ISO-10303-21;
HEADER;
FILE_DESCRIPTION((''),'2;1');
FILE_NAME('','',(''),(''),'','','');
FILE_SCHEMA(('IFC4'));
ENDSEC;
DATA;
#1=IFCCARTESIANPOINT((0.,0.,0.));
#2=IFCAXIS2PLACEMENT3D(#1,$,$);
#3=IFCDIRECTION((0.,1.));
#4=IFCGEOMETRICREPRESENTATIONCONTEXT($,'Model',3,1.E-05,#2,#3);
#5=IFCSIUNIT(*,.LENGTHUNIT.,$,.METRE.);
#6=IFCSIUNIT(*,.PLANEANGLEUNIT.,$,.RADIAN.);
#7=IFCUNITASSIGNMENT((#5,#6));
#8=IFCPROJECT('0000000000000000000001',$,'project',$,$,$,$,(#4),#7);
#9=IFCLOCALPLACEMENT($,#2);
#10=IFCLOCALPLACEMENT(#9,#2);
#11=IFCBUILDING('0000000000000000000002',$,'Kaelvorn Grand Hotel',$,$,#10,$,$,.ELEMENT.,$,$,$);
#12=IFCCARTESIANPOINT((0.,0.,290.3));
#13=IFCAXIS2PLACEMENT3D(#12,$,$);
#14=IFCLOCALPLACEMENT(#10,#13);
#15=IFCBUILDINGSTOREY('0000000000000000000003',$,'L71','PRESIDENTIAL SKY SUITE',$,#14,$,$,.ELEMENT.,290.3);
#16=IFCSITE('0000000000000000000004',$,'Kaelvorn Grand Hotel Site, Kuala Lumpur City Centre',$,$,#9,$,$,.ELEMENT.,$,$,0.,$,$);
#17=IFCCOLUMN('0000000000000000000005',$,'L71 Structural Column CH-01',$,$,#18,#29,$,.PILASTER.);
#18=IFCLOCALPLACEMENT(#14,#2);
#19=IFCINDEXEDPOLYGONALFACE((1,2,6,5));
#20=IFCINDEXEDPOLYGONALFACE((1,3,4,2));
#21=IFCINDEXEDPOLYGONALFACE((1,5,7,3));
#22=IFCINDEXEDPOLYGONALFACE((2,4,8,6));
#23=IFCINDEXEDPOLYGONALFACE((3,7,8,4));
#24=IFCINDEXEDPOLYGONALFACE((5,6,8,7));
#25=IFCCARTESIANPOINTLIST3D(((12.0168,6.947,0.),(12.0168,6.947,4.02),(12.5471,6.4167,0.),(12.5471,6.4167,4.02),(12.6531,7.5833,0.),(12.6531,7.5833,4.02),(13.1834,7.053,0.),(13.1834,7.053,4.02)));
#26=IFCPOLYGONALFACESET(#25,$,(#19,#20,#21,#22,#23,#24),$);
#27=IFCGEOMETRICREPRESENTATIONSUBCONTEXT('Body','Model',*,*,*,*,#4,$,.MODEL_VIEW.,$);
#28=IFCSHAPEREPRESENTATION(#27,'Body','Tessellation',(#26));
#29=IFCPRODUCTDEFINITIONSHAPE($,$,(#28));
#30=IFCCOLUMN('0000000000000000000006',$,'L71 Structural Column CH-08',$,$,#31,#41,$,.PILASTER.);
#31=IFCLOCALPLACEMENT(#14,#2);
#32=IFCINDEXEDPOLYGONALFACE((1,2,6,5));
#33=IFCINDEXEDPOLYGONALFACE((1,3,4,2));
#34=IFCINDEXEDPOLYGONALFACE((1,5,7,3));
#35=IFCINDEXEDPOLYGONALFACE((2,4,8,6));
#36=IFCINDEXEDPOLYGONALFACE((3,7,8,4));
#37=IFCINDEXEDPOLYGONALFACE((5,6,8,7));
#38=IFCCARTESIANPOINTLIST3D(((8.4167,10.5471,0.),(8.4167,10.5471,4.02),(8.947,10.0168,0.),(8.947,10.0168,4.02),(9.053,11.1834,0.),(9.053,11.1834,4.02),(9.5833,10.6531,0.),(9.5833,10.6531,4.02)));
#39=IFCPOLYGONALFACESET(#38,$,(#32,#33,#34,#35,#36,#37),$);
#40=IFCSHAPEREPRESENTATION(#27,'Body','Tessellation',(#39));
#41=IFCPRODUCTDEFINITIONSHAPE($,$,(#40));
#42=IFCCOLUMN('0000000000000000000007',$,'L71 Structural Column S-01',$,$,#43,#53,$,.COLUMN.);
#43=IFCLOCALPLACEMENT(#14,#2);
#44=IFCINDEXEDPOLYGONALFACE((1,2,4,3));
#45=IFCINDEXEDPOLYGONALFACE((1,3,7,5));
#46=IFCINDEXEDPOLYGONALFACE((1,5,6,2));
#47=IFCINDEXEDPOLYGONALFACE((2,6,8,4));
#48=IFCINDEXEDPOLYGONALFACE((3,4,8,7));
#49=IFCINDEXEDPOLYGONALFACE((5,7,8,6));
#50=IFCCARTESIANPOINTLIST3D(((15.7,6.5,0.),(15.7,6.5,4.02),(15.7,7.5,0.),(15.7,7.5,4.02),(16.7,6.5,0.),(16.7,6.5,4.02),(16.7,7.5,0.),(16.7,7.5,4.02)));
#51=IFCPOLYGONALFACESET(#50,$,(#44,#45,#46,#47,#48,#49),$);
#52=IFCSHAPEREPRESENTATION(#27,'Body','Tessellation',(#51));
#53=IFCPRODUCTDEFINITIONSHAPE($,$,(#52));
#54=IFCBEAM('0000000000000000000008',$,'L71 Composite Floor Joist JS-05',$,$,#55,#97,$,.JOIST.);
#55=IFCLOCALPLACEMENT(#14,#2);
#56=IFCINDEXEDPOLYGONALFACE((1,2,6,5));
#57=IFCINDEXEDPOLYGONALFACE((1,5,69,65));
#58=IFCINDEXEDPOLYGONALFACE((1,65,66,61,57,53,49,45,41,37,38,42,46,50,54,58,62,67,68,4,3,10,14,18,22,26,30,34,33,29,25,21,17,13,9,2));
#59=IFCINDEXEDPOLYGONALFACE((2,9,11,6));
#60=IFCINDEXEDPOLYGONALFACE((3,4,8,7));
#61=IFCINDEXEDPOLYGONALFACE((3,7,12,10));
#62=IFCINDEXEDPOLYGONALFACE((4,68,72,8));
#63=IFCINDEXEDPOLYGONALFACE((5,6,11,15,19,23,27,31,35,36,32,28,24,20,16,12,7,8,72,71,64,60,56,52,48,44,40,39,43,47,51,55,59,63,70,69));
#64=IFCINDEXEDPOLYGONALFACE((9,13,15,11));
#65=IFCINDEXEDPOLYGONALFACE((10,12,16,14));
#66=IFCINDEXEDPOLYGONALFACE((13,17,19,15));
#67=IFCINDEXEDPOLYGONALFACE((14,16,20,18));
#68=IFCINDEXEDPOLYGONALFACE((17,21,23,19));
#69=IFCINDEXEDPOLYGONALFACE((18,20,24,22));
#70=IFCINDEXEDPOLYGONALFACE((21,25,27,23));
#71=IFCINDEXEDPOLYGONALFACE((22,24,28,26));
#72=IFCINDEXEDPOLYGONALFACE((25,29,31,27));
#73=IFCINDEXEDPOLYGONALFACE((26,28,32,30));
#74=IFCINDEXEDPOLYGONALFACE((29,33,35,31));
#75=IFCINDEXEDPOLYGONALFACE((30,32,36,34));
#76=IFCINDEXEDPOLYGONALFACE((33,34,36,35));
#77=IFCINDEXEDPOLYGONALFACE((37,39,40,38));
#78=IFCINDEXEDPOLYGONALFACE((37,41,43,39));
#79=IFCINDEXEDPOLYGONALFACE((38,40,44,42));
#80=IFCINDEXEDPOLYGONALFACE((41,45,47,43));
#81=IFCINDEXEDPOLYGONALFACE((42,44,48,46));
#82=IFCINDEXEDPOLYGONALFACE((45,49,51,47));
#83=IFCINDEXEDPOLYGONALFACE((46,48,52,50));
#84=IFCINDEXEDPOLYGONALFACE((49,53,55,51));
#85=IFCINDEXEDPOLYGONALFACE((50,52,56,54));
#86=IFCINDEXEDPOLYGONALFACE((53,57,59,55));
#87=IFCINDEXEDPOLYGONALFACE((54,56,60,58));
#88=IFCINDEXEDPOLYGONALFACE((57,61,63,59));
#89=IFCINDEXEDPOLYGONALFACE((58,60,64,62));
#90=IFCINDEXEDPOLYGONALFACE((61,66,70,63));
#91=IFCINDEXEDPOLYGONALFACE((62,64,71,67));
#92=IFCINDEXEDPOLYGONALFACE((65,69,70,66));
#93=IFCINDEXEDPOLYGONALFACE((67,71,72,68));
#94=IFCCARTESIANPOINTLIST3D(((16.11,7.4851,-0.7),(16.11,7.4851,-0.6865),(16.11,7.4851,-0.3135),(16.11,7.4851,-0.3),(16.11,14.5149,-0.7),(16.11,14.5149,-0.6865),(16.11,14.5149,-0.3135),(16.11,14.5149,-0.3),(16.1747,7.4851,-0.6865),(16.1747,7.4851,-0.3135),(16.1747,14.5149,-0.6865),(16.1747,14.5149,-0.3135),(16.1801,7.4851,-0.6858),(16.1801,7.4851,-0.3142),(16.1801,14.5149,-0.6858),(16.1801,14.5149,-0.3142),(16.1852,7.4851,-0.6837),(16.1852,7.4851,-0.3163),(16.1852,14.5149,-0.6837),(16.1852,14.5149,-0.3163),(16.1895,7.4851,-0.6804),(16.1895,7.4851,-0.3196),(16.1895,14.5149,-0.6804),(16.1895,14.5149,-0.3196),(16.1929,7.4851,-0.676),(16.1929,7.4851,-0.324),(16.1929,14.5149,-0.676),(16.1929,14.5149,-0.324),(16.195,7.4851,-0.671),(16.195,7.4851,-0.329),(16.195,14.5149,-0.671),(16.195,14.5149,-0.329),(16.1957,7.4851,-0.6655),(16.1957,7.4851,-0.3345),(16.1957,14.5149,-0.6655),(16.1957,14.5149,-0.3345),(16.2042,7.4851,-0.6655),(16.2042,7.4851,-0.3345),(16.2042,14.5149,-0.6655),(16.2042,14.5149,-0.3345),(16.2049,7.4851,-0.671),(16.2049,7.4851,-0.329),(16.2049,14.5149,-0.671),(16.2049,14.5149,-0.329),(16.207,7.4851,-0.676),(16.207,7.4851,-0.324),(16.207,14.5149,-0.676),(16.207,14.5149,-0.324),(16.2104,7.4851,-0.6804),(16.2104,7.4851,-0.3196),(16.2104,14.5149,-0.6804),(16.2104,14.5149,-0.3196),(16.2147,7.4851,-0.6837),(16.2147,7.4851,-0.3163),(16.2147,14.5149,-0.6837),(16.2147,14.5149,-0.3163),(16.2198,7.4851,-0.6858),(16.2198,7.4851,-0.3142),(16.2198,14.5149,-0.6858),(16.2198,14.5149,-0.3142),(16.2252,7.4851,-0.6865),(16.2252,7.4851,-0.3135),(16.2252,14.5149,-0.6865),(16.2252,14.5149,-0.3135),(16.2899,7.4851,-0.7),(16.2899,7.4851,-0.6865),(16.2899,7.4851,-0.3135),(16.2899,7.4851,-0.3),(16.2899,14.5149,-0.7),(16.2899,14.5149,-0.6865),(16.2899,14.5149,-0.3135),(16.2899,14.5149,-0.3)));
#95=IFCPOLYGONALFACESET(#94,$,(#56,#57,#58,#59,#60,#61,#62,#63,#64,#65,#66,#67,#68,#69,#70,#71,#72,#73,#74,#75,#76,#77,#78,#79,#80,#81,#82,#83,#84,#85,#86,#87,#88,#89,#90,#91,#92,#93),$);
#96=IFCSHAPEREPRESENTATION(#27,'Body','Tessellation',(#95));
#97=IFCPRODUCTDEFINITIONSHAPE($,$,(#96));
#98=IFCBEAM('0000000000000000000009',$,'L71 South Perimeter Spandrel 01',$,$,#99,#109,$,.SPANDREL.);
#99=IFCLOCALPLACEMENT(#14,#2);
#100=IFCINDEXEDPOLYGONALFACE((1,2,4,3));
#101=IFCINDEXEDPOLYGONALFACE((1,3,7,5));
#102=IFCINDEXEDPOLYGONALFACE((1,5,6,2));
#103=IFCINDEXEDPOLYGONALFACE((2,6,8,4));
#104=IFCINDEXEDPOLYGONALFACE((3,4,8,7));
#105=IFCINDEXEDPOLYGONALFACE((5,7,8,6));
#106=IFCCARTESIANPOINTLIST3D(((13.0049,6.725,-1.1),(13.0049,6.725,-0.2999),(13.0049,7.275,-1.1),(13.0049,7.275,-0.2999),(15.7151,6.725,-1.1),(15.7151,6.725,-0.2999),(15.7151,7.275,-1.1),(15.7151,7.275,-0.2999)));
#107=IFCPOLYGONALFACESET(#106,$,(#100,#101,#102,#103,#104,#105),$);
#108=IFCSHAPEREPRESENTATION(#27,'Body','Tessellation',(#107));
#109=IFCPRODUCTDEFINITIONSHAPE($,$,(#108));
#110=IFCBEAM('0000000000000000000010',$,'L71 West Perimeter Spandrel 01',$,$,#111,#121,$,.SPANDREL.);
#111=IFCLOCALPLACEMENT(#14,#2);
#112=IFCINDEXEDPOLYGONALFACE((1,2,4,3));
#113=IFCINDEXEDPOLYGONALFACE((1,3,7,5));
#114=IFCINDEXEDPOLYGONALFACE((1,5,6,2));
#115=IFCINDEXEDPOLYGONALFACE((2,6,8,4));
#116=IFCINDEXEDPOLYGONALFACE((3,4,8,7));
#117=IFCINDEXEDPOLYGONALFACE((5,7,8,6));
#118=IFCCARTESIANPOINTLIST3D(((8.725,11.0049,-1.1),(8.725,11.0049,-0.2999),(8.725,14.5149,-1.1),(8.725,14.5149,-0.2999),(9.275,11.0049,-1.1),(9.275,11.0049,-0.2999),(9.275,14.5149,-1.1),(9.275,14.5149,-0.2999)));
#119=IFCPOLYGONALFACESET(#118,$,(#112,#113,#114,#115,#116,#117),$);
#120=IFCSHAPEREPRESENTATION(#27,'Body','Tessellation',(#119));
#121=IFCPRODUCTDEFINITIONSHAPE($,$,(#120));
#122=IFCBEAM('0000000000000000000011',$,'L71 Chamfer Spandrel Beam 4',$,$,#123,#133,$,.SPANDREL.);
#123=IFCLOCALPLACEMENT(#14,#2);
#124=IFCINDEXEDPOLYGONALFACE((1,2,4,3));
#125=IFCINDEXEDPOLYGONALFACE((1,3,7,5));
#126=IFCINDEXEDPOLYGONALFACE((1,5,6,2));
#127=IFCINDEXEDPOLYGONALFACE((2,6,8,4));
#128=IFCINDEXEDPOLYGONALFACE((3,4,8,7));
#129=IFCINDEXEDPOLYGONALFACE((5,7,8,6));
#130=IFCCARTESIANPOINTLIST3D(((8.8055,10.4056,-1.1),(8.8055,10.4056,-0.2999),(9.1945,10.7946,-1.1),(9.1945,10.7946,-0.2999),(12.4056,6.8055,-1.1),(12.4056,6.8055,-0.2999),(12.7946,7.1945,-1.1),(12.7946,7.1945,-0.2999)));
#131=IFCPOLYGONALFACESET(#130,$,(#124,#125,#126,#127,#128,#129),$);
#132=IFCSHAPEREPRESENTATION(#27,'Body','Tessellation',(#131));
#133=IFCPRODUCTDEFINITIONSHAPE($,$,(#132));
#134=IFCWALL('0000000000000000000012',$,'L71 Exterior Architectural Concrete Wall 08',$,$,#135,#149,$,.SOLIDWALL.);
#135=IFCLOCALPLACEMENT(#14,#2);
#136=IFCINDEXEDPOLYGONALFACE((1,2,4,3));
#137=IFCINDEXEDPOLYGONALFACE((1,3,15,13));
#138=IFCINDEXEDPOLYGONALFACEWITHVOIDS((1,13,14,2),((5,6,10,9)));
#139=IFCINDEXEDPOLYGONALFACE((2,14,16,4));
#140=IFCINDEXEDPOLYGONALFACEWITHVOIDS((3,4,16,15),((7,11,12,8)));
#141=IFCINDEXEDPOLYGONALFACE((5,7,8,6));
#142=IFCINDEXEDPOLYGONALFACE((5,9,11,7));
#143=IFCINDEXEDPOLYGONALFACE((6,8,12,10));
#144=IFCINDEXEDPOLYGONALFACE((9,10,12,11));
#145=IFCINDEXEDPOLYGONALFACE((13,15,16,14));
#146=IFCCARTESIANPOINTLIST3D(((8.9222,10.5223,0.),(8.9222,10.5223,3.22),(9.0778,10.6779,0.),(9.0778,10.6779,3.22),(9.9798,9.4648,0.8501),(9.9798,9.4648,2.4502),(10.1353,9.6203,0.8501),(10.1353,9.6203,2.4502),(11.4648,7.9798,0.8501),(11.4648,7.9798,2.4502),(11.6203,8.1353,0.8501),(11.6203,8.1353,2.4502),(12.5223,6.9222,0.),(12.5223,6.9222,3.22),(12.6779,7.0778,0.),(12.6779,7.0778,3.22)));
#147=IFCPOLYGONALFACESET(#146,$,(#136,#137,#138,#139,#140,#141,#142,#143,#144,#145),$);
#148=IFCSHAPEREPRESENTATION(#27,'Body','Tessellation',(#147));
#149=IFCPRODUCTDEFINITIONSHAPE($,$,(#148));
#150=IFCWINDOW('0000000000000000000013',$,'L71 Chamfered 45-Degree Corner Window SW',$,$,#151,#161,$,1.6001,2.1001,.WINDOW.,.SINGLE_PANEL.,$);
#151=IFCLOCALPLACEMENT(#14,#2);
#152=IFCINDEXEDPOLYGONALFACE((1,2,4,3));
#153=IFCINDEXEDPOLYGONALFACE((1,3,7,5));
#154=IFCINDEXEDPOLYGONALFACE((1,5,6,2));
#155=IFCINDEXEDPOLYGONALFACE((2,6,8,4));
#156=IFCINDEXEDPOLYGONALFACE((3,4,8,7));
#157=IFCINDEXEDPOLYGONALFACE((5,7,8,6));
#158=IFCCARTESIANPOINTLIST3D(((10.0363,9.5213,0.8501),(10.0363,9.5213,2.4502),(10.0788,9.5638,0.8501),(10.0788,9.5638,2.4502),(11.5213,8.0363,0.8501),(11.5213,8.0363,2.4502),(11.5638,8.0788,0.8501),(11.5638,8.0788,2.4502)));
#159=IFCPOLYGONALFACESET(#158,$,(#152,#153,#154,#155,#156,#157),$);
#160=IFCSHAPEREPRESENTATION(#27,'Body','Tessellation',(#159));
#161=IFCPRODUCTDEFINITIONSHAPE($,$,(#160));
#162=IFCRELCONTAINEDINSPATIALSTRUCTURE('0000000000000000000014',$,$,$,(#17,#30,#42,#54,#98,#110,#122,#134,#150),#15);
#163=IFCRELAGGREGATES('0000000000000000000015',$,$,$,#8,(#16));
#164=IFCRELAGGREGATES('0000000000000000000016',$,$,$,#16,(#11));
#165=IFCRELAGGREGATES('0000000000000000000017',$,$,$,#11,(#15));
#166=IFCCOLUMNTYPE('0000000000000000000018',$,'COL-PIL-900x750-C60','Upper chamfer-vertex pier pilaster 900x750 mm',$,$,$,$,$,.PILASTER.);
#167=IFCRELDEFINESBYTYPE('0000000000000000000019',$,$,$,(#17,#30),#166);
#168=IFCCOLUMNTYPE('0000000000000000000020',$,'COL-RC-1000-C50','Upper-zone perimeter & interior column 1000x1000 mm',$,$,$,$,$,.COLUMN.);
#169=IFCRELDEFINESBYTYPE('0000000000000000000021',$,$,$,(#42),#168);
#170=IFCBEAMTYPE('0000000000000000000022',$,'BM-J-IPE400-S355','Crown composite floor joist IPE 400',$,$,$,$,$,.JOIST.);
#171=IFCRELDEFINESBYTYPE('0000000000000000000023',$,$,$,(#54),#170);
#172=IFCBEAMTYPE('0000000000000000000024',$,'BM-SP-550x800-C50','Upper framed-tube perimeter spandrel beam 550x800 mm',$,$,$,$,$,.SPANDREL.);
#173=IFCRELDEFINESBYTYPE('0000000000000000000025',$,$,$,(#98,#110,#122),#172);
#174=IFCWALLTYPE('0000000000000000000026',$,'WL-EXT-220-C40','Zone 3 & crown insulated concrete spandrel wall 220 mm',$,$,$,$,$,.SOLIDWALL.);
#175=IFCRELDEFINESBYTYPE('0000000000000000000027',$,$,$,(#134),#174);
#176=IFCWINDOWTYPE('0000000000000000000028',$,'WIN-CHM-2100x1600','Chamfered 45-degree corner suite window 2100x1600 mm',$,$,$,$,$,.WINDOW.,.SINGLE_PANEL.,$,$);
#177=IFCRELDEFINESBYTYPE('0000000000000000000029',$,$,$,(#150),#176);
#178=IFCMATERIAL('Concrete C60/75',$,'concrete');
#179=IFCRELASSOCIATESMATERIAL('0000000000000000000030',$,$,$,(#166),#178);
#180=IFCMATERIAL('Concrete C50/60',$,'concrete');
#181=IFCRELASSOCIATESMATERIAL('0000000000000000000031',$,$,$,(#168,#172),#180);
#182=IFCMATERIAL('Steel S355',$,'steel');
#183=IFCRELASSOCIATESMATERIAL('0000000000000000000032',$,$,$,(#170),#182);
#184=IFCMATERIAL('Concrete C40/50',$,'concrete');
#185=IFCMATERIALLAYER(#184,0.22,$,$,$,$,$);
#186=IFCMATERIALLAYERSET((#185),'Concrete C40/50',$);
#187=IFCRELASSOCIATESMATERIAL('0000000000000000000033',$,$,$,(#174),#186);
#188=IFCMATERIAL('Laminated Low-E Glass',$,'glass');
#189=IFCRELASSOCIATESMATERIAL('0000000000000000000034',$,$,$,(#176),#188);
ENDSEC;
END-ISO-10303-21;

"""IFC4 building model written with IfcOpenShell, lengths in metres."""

from ifc_helpers import new_model, si_unit, direction, frame, frame_2d, origin, origin_2d, place, context, subcontext, project, spatial, rectangle, i_section, extrude, material, layer, layer_set, material_profile, profile_set, type_object, element, fill, save


model = new_model("IFC4")

# Units and contexts
model_context = context("Model", 3, precision=1e-05, world=origin(), true_north=direction((0.0, 1.0)))
body_context = subcontext(model_context, "Body", "Model", "MODEL_VIEW")
ifc_project = project(units=[si_unit("LENGTHUNIT", "METRE"), si_unit("PLANEANGLEUNIT", "RADIAN")], contexts=[model_context])

# Site, building, storey
site_placement = place(None, origin())
site = spatial("IfcSite", under=ifc_project, at=site_placement, Name="Kaelvorn Grand Hotel Site, Kuala Lumpur City Centre", CompositionType="ELEMENT", RefElevation=0.0)
building_placement = place(site_placement, origin())
building = spatial("IfcBuilding", under=site, at=building_placement, Name="Kaelvorn Grand Hotel", CompositionType="ELEMENT")
storey_placement = place(building_placement, frame((0.0, 0.0, 290.3)))
storey = spatial("IfcBuildingStorey", under=building, at=storey_placement, Name="L71", Description="PRESIDENTIAL SKY SUITE", CompositionType="ELEMENT", Elevation=290.3)

# Columns
ifc_material_1 = material(Name="Concrete C60/75", Category="concrete")
ifc_material_profile_1 = material_profile(ifc_material_1, rectangle(XDim=0.8999, YDim=0.75, at=origin_2d()), Name="RC PILASTER 900x750")
ifc_profile_set_1 = profile_set([ifc_material_profile_1], Name="Concrete C60/75")
column_type_1 = type_object("IfcColumnType", Name="COL-PIL-900x750-C60", Description="Upper chamfer-vertex pier pilaster 900x750 mm", PredefinedType="PILASTER", material=ifc_profile_set_1)
for number, where, z_axis, x_axis, name in (
    (1, (12.6001, 7.0, 0.0), (0.0, 0.0, 1.0), (0.707107, 0.707107, 0.0), "L71 Structural Column CH-01"),
    (2, (9.0, 10.6001, 0.0), (0.0, 0.0, 1.0), (0.707107, 0.707107, 0.0), "L71 Structural Column CH-08"),
):
    element("IfcColumn", number, at=place(storey_placement, frame(where, z_axis=z_axis, x_axis=x_axis)), inside=storey, type_object=column_type_1, Name=name, PredefinedType="PILASTER", context=body_context, shape_type="SweptSolid", body=[
        extrude(rectangle(XDim=0.8999, YDim=0.75, at=origin_2d()), origin(), (0.0, 0.0, 1.0), 4.02),
    ])
ifc_material_2 = material(Name="Concrete C50/60", Category="concrete")
ifc_material_profile_2 = material_profile(ifc_material_2, rectangle(XDim=1.0, YDim=1.0, at=origin_2d()), Name="RC COL 1000x1000")
ifc_profile_set_2 = profile_set([ifc_material_profile_2], Name="Concrete C50/60")
column_type_2 = type_object("IfcColumnType", Name="COL-RC-1000-C50", Description="Upper-zone perimeter & interior column 1000x1000 mm", PredefinedType="COLUMN", material=ifc_profile_set_2)
column_placement = place(storey_placement, frame((16.2, 7.0, 0.0), z_axis=(0.0, 0.0, 1.0), x_axis=(1.0, 0.0, 0.0)))
element("IfcColumn", 3, at=column_placement, inside=storey, type_object=column_type_2, Name="L71 Structural Column S-01", PredefinedType="COLUMN", context=body_context, shape_type="SweptSolid", body=[
    extrude(rectangle(XDim=1.0, YDim=1.0, at=origin_2d()), origin(), (0.0, 0.0, 1.0), 4.02),
])

# Beams
ifc_material_3 = material(Name="Steel S355", Category="steel")
ifc_material_profile_3 = material_profile(ifc_material_3, i_section(OverallWidth=0.1799, OverallDepth=0.3999, WebThickness=0.0085, FlangeThickness=0.0134, FilletRadius=0.021, at=origin_2d()), Name="IPE 400")
ifc_profile_set_3 = profile_set([ifc_material_profile_3], Name="Steel S355")
beam_type_1 = type_object("IfcBeamType", Name="BM-J-IPE400-S355", Description="Crown composite floor joist IPE 400", PredefinedType="JOIST", material=ifc_profile_set_3)
beam_1_placement = place(storey_placement, frame((16.2, 7.4851, -0.5), z_axis=(0.0, 1.0, 0.0), x_axis=(-1.0, 0.0, 0.0)))
element("IfcBeam", 4, at=beam_1_placement, inside=storey, type_object=beam_type_1, Name="L71 Composite Floor Joist JS-05", PredefinedType="JOIST", context=body_context, shape_type="SweptSolid", body=[
    extrude(i_section(OverallWidth=0.1799, OverallDepth=0.3999, WebThickness=0.0085, FlangeThickness=0.0134, FilletRadius=0.021, at=origin_2d()), origin(), (0.0, 0.0, 1.0), 7.0298),
])
ifc_material_profile_4 = material_profile(ifc_material_2, rectangle(XDim=0.55, YDim=0.8, at=origin_2d()), Name="RC SPANDREL 550x800")
ifc_profile_set_4 = profile_set([ifc_material_profile_4], Name="Concrete C50/60")
beam_type_2 = type_object("IfcBeamType", Name="BM-SP-550x800-C50", Description="Upper framed-tube perimeter spandrel beam 550x800 mm", PredefinedType="SPANDREL", material=ifc_profile_set_4)
beam_2_placement = place(storey_placement, frame((13.0049, 7.0, -0.7), z_axis=(1.0, 0.0, 0.0), x_axis=(0.0, 1.0, 0.0)))
element("IfcBeam", 5, at=beam_2_placement, inside=storey, type_object=beam_type_2, Name="L71 South Perimeter Spandrel 01", PredefinedType="SPANDREL", context=body_context, shape_type="SweptSolid", body=[
    extrude(rectangle(XDim=0.55, YDim=0.8, at=origin_2d()), origin(), (0.0, 0.0, 1.0), 2.7102),
])
beam_3_placement = place(storey_placement, frame((9.0, 11.0049, -0.7), z_axis=(0.0, 1.0, 0.0), x_axis=(-1.0, 0.0, 0.0)))
element("IfcBeam", 6, at=beam_3_placement, inside=storey, type_object=beam_type_2, Name="L71 West Perimeter Spandrel 01", PredefinedType="SPANDREL", context=body_context, shape_type="SweptSolid", body=[
    extrude(rectangle(XDim=0.55, YDim=0.8, at=origin_2d()), origin(), (0.0, 0.0, 1.0), 3.51),
])
beam_4_placement = place(storey_placement, frame((9.0, 10.6001, -0.7), z_axis=(0.707107, -0.707107, 0.0), x_axis=(0.707107, 0.707107, 0.0)))
element("IfcBeam", 7, at=beam_4_placement, inside=storey, type_object=beam_type_2, Name="L71 Chamfer Spandrel Beam 4", PredefinedType="SPANDREL", context=body_context, shape_type="SweptSolid", body=[
    extrude(rectangle(XDim=0.55, YDim=0.8, at=origin_2d()), origin(), (0.0, 0.0, 1.0), 5.0913),
])

# Shared definitions
ifc_material_4 = material(Name="Concrete C40/50", Category="concrete")
ifc_layer = layer(ifc_material_4, 0.22)
ifc_layer_set = layer_set([ifc_layer], Name="Concrete C40/50")
wall_type = type_object("IfcWallType", Name="WL-EXT-220-C40", Description="Zone 3 & crown insulated concrete spandrel wall 220 mm", PredefinedType="SOLIDWALL", material=ifc_layer_set)
ifc_material_5 = material(Name="Laminated Low-E Glass", Category="glass")

# Wall, opening, window
wall_1_placement = place(storey_placement, frame((9.0, 10.6001, 0.0), z_axis=(0.0, 0.0, 1.0), x_axis=(0.707107, -0.707107, 0.0)))
wall_1 = element("IfcWall", 8, at=wall_1_placement, inside=storey, type_object=wall_type, Name="L71 Exterior Architectural Concrete Wall 08", PredefinedType="SOLIDWALL", context=body_context, shape_type="SweptSolid", body=[
    extrude(rectangle(XDim=5.0913, YDim=0.22, at=frame_2d((2.5457, 0.0))), origin(), (0.0, 0.0, 1.0), 3.22),
])
opening_1_placement = place(wall_1_placement, frame((1.4956, 0.0, 0.8501)))
opening_1 = element("IfcOpeningElement", 9, at=opening_1_placement, cuts=wall_1, PredefinedType="OPENING", context=body_context, shape_type="SweptSolid", body=[
    extrude(rectangle(XDim=2.1001, YDim=1.6001, at=frame_2d((1.05, 0.8))), frame((0.0, 0.1201, 0.0), z_axis=(0.0, -1.0, 0.0), x_axis=(1.0, 0.0, 0.0)), (0.0, 0.0, 1.0), 0.24),
])
window_type_1 = type_object("IfcWindowType", Name="WIN-CHM-2100x1600", Description="Chamfered 45-degree corner suite window 2100x1600 mm", PartitioningType="SINGLE_PANEL", PredefinedType="WINDOW", material=ifc_material_5)
window_1_placement = place(opening_1_placement, origin())
window_1 = element("IfcWindow", 10, at=window_1_placement, inside=storey, type_object=window_type_1, Name="L71 Chamfered 45-Degree Corner Window SW", OverallHeight=1.6001, OverallWidth=2.1001, PartitioningType="SINGLE_PANEL", PredefinedType="WINDOW", context=body_context, shape_type="SweptSolid", body=[
    extrude(rectangle(XDim=2.1001, YDim=1.6001, at=frame_2d((1.05, 0.8))), frame((0.0, 0.03, 0.0), z_axis=(0.0, -1.0, 0.0), x_axis=(1.0, 0.0, 0.0)), (0.0, 0.0, 1.0), 0.0601),
])
fill(opening_1, window_1)

save(model, "model.ifc")
